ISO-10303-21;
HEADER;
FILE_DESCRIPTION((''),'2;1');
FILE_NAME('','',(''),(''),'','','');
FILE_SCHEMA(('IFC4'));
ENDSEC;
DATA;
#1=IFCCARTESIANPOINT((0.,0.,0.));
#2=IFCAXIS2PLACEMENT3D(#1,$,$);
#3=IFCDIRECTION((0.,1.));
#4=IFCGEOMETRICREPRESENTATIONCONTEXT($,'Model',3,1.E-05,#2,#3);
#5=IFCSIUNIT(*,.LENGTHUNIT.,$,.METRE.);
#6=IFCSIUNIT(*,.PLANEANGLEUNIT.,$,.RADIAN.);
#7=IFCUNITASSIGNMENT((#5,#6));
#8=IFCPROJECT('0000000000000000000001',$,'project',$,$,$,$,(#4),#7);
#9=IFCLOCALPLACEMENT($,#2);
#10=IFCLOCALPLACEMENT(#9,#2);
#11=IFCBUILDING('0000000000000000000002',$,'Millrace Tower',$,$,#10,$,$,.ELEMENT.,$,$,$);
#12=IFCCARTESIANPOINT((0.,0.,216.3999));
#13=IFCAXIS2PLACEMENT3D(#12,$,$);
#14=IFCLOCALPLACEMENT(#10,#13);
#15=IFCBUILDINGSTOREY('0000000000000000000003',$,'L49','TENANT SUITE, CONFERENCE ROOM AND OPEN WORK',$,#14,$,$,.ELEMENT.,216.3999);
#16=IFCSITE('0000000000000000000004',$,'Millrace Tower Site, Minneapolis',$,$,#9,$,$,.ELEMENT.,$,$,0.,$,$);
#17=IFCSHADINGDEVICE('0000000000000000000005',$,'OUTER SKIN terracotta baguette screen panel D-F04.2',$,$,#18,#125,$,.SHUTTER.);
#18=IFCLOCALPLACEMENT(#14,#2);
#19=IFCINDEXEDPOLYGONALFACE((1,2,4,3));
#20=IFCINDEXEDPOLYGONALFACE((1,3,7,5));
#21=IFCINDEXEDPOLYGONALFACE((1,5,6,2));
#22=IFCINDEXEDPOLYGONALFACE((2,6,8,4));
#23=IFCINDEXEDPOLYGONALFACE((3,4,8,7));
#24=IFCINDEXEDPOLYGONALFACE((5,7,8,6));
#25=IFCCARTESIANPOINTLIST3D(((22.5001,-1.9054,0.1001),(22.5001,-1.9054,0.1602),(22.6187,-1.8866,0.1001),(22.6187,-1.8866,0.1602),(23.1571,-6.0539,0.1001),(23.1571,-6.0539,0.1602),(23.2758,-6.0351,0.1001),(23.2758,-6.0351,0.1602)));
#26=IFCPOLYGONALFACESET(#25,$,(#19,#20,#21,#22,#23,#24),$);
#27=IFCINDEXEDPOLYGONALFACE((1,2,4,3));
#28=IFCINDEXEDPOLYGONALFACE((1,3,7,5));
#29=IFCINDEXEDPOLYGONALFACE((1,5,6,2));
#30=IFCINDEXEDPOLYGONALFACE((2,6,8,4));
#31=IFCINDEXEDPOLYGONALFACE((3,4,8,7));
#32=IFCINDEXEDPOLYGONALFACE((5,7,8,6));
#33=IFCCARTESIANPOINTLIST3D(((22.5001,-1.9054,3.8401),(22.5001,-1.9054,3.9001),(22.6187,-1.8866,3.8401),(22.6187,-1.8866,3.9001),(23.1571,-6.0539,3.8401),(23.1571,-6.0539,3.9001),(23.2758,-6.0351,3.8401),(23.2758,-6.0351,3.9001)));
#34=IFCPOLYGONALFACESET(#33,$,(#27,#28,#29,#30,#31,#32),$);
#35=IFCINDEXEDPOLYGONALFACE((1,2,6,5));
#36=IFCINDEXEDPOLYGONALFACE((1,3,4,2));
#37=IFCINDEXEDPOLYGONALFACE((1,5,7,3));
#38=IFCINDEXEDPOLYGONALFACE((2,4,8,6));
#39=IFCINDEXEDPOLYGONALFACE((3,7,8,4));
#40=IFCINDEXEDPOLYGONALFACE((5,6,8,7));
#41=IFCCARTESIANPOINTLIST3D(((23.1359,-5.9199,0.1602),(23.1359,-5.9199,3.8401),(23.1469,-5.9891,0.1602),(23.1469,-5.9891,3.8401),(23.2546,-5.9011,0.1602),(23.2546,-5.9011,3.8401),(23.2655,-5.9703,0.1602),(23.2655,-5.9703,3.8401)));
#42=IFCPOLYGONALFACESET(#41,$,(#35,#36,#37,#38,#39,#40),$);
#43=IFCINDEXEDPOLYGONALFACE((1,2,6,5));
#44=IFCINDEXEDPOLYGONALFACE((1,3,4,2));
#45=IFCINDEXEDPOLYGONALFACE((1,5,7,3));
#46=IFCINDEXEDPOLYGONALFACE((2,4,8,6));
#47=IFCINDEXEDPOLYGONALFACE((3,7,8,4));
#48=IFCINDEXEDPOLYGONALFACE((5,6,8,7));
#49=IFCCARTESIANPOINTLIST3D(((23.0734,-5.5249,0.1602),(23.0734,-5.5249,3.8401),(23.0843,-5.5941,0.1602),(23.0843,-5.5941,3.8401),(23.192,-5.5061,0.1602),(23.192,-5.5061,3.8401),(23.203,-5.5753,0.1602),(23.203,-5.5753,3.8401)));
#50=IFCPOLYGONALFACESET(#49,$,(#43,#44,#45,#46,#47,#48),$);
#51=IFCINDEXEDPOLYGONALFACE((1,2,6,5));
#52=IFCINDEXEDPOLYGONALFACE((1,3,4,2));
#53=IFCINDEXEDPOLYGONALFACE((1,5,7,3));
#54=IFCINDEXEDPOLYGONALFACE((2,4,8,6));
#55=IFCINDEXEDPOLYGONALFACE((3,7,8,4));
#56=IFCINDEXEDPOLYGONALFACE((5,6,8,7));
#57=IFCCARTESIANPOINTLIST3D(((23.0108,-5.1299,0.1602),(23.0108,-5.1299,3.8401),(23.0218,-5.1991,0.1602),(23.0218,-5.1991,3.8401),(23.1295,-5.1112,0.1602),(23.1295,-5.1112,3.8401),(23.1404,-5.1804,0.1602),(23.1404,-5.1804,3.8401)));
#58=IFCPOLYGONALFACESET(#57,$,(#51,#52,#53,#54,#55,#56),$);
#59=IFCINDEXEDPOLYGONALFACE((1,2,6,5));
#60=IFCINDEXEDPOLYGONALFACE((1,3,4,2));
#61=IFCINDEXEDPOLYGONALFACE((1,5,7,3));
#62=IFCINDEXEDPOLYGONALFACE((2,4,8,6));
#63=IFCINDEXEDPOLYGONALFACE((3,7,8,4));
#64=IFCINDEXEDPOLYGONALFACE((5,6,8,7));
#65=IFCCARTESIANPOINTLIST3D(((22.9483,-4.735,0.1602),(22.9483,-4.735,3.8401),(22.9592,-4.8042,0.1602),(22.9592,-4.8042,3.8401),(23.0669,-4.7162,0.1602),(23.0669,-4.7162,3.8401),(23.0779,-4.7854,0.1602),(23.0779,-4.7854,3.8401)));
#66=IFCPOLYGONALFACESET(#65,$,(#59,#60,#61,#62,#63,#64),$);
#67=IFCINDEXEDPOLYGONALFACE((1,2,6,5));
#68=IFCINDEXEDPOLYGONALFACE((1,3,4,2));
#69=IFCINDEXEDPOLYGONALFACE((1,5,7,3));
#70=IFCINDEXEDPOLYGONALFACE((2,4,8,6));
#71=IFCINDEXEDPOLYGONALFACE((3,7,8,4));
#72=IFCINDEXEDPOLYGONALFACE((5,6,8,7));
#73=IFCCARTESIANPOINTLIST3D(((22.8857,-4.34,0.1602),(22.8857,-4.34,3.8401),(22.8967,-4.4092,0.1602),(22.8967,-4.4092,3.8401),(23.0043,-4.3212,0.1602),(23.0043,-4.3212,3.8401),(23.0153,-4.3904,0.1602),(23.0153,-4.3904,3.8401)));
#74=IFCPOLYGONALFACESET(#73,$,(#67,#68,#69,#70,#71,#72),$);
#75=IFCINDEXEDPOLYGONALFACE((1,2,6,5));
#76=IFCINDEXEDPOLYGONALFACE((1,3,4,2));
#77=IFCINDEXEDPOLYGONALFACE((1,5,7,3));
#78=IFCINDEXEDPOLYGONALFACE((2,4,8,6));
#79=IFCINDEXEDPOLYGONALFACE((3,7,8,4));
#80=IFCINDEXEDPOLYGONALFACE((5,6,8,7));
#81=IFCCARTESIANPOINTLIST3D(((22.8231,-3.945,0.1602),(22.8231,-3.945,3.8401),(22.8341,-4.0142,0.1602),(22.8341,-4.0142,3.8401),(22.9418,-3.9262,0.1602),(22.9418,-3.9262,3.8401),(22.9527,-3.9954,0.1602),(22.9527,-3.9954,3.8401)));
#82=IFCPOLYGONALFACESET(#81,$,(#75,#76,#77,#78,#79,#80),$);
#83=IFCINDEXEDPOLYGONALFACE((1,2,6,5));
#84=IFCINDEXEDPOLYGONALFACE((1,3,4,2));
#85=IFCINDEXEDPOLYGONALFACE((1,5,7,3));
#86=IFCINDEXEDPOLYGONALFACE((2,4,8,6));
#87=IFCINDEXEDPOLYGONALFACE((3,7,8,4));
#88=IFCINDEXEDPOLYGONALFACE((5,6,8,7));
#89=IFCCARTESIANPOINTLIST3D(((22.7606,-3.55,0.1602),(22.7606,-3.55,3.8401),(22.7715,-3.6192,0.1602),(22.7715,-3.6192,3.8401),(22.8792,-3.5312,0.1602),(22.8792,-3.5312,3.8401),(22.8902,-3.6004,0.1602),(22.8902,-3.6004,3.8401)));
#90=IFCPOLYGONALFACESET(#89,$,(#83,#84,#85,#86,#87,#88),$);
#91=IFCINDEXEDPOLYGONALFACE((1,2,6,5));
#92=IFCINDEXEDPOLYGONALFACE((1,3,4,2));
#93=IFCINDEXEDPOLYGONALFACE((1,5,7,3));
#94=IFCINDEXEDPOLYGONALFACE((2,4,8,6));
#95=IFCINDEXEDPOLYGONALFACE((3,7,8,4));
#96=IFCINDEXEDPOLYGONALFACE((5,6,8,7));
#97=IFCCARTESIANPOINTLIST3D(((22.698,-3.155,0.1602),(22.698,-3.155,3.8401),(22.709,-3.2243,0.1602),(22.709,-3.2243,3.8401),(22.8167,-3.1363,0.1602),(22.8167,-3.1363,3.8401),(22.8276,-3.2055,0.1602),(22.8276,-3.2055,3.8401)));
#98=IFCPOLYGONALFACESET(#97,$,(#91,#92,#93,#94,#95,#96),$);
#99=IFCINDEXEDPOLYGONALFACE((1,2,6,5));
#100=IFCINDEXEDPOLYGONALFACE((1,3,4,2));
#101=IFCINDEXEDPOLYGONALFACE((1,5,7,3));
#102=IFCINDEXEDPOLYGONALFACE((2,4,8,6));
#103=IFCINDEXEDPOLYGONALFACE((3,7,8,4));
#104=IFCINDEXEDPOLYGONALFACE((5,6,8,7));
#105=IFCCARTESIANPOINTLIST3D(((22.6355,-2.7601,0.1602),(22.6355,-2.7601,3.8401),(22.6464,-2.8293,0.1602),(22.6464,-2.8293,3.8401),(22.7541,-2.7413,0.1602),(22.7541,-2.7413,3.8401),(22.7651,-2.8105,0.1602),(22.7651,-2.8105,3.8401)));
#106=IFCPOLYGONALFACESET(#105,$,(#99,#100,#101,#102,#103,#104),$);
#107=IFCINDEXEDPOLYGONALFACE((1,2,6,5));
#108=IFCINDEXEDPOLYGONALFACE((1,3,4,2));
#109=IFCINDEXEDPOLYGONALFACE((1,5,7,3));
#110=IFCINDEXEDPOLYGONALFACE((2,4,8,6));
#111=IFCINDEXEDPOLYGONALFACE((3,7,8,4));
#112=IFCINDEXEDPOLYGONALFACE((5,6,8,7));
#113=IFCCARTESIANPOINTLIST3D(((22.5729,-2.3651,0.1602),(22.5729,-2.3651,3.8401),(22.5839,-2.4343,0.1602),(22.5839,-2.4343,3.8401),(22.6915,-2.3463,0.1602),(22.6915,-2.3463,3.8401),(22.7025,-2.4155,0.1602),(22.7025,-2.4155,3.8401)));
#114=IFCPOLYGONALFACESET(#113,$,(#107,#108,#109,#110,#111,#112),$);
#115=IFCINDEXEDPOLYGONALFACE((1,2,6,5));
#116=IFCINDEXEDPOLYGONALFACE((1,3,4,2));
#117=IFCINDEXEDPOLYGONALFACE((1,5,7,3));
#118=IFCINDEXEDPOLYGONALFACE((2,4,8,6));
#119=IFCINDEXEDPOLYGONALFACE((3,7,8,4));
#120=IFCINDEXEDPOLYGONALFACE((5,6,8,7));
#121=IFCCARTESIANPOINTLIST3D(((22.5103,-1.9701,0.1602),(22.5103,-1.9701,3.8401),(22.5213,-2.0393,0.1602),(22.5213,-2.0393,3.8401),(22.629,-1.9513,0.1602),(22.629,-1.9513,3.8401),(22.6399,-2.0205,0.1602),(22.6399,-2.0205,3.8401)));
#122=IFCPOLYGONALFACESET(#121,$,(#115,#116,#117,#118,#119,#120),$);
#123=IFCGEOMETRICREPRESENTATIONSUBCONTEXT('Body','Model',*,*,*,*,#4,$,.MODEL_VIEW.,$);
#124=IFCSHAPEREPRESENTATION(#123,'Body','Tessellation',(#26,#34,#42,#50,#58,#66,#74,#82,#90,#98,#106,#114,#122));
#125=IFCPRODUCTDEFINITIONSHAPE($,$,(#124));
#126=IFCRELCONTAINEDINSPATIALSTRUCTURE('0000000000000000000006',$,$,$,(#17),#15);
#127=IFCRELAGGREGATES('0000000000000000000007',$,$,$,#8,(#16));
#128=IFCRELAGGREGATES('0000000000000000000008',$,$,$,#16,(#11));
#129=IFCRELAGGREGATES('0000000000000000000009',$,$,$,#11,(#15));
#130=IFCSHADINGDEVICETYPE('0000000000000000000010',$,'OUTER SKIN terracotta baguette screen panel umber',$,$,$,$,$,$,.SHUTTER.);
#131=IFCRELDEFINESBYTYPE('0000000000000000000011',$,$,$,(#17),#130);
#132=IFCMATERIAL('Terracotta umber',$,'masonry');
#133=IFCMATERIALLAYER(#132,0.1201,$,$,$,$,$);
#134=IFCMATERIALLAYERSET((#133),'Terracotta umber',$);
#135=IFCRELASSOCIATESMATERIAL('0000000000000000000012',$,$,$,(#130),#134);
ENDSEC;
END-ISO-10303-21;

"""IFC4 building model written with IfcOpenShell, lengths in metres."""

from ifc_helpers import new_model, entity, si_unit, direction, frame, frame_2d, origin, origin_2d, place, context, subcontext, project, spatial, rectangle, extrude, source, transform, mapped, material, layer, layer_set, type_object, element, save


model = new_model("IFC4")

# Units and contexts
model_context = context("Model", 3, precision=1e-05, world=origin(), true_north=direction((0.0, 1.0)))
body_context = subcontext(model_context, "Body", "Model", "MODEL_VIEW")
ifc_project = project(units=[si_unit("LENGTHUNIT", "METRE"), si_unit("PLANEANGLEUNIT", "RADIAN")], contexts=[model_context])

# Site, building, storey
site_placement = place(None, origin())
site = spatial("IfcSite", under=ifc_project, at=site_placement, Name="Millrace Tower Site, Minneapolis", CompositionType="ELEMENT", RefElevation=0.0)
building_placement = place(site_placement, origin())
building = spatial("IfcBuilding", under=site, at=building_placement, Name="Millrace Tower", CompositionType="ELEMENT")
storey_placement = place(building_placement, frame((0.0, 0.0, 216.3999)))
storey = spatial("IfcBuildingStorey", under=building, at=storey_placement, Name="L49", Description="TENANT SUITE, CONFERENCE ROOM AND OPEN WORK", CompositionType="ELEMENT", Elevation=216.3999)

# Shading device
ifc_material_1 = material(Name="Terracotta umber", Category="masonry")
ifc_layer_1 = layer(ifc_material_1, 0.1201)
ifc_layer_set_1 = layer_set([ifc_layer_1], Name="Terracotta umber")
shading_device_type = type_object("IfcShadingDeviceType", Name="OUTER SKIN terracotta baguette screen panel umber", PredefinedType="SHUTTER", material=ifc_layer_set_1)
cartesian_point_1 = entity("IfcCartesianPoint", [-2.1001, 0.0601])
shared_polyline_1 = entity("IfcPolyline", [cartesian_point_1, entity("IfcCartesianPoint", [2.1001, 0.0601]), entity("IfcCartesianPoint", [2.1001, -0.0601]), entity("IfcCartesianPoint", [-2.1001, -0.0601]), cartesian_point_1])
shared_shape_1 = source(origin(), body_context, "Body", "SweptSolid", [
    entity("IfcExtrudedAreaSolid", entity("IfcArbitraryClosedProfileDef", "AREA", None, shared_polyline_1), entity("IfcAxis2Placement3D", entity("IfcCartesianPoint", [0.0, 0.0, 0.0])), entity("IfcDirection", [0.0, 0.0, 1.0]), 0.0601),
    entity("IfcExtrudedAreaSolid", entity("IfcArbitraryClosedProfileDef", "AREA", None, shared_polyline_1), entity("IfcAxis2Placement3D", entity("IfcCartesianPoint", [0.0, 0.0, 3.74])), entity("IfcDirection", [0.0, 0.0, 1.0]), 0.0601),
    extrude(rectangle(XDim=0.0701, YDim=0.1201, at=frame_2d((-1.9995, 0.0))), frame((0.0, 0.0, 0.0601)), (0.0, 0.0, 1.0), 3.6799),
    extrude(rectangle(XDim=0.0701, YDim=0.1201, at=frame_2d((-1.5996, 0.0))), frame((0.0, 0.0, 0.0601)), (0.0, 0.0, 1.0), 3.6799),
    extrude(rectangle(XDim=0.0701, YDim=0.1201, at=frame_2d((-1.1997, 0.0))), frame((0.0, 0.0, 0.0601)), (0.0, 0.0, 1.0), 3.6799),
    extrude(rectangle(XDim=0.0701, YDim=0.1201, at=frame_2d((-0.7998, 0.0))), frame((0.0, 0.0, 0.0601)), (0.0, 0.0, 1.0), 3.6799),
    extrude(rectangle(XDim=0.0701, YDim=0.1201, at=frame_2d((-0.3999, 0.0))), frame((0.0, 0.0, 0.0601)), (0.0, 0.0, 1.0), 3.6799),
    extrude(rectangle(XDim=0.0701, YDim=0.1201, at=origin_2d()), frame((0.0, 0.0, 0.0601)), (0.0, 0.0, 1.0), 3.6799),
    extrude(rectangle(XDim=0.0701, YDim=0.1201, at=frame_2d((0.3999, 0.0))), frame((0.0, 0.0, 0.0601)), (0.0, 0.0, 1.0), 3.6799),
    extrude(rectangle(XDim=0.0701, YDim=0.1201, at=frame_2d((0.7998, 0.0))), frame((0.0, 0.0, 0.0601)), (0.0, 0.0, 1.0), 3.6799),
    extrude(rectangle(XDim=0.0701, YDim=0.1201, at=frame_2d((1.1997, 0.0))), frame((0.0, 0.0, 0.0601)), (0.0, 0.0, 1.0), 3.6799),
    extrude(rectangle(XDim=0.0701, YDim=0.1201, at=frame_2d((1.5996, 0.0))), frame((0.0, 0.0, 0.0601)), (0.0, 0.0, 1.0), 3.6799),
    extrude(rectangle(XDim=0.0701, YDim=0.1201, at=frame_2d((1.9995, 0.0))), frame((0.0, 0.0, 0.0601)), (0.0, 0.0, 1.0), 3.6799),
])
shading_device_1_placement = place(storey_placement, frame((22.8879, -3.9702, 0.1001), z_axis=(0.0, 0.0, 1.0), x_axis=(-0.156434, 0.987688, 0.0)))
element("IfcShadingDevice", 1, at=shading_device_1_placement, inside=storey, type_object=shading_device_type, Name="OUTER SKIN terracotta baguette screen panel D-F04.2", PredefinedType="SHUTTER", context=body_context, shape_type="MappedRepresentation", body=[
    mapped(shared_shape_1, transform((0.0, 0.0, 0.0), scale=1.0)),
])

save(model, "model.ifc")
